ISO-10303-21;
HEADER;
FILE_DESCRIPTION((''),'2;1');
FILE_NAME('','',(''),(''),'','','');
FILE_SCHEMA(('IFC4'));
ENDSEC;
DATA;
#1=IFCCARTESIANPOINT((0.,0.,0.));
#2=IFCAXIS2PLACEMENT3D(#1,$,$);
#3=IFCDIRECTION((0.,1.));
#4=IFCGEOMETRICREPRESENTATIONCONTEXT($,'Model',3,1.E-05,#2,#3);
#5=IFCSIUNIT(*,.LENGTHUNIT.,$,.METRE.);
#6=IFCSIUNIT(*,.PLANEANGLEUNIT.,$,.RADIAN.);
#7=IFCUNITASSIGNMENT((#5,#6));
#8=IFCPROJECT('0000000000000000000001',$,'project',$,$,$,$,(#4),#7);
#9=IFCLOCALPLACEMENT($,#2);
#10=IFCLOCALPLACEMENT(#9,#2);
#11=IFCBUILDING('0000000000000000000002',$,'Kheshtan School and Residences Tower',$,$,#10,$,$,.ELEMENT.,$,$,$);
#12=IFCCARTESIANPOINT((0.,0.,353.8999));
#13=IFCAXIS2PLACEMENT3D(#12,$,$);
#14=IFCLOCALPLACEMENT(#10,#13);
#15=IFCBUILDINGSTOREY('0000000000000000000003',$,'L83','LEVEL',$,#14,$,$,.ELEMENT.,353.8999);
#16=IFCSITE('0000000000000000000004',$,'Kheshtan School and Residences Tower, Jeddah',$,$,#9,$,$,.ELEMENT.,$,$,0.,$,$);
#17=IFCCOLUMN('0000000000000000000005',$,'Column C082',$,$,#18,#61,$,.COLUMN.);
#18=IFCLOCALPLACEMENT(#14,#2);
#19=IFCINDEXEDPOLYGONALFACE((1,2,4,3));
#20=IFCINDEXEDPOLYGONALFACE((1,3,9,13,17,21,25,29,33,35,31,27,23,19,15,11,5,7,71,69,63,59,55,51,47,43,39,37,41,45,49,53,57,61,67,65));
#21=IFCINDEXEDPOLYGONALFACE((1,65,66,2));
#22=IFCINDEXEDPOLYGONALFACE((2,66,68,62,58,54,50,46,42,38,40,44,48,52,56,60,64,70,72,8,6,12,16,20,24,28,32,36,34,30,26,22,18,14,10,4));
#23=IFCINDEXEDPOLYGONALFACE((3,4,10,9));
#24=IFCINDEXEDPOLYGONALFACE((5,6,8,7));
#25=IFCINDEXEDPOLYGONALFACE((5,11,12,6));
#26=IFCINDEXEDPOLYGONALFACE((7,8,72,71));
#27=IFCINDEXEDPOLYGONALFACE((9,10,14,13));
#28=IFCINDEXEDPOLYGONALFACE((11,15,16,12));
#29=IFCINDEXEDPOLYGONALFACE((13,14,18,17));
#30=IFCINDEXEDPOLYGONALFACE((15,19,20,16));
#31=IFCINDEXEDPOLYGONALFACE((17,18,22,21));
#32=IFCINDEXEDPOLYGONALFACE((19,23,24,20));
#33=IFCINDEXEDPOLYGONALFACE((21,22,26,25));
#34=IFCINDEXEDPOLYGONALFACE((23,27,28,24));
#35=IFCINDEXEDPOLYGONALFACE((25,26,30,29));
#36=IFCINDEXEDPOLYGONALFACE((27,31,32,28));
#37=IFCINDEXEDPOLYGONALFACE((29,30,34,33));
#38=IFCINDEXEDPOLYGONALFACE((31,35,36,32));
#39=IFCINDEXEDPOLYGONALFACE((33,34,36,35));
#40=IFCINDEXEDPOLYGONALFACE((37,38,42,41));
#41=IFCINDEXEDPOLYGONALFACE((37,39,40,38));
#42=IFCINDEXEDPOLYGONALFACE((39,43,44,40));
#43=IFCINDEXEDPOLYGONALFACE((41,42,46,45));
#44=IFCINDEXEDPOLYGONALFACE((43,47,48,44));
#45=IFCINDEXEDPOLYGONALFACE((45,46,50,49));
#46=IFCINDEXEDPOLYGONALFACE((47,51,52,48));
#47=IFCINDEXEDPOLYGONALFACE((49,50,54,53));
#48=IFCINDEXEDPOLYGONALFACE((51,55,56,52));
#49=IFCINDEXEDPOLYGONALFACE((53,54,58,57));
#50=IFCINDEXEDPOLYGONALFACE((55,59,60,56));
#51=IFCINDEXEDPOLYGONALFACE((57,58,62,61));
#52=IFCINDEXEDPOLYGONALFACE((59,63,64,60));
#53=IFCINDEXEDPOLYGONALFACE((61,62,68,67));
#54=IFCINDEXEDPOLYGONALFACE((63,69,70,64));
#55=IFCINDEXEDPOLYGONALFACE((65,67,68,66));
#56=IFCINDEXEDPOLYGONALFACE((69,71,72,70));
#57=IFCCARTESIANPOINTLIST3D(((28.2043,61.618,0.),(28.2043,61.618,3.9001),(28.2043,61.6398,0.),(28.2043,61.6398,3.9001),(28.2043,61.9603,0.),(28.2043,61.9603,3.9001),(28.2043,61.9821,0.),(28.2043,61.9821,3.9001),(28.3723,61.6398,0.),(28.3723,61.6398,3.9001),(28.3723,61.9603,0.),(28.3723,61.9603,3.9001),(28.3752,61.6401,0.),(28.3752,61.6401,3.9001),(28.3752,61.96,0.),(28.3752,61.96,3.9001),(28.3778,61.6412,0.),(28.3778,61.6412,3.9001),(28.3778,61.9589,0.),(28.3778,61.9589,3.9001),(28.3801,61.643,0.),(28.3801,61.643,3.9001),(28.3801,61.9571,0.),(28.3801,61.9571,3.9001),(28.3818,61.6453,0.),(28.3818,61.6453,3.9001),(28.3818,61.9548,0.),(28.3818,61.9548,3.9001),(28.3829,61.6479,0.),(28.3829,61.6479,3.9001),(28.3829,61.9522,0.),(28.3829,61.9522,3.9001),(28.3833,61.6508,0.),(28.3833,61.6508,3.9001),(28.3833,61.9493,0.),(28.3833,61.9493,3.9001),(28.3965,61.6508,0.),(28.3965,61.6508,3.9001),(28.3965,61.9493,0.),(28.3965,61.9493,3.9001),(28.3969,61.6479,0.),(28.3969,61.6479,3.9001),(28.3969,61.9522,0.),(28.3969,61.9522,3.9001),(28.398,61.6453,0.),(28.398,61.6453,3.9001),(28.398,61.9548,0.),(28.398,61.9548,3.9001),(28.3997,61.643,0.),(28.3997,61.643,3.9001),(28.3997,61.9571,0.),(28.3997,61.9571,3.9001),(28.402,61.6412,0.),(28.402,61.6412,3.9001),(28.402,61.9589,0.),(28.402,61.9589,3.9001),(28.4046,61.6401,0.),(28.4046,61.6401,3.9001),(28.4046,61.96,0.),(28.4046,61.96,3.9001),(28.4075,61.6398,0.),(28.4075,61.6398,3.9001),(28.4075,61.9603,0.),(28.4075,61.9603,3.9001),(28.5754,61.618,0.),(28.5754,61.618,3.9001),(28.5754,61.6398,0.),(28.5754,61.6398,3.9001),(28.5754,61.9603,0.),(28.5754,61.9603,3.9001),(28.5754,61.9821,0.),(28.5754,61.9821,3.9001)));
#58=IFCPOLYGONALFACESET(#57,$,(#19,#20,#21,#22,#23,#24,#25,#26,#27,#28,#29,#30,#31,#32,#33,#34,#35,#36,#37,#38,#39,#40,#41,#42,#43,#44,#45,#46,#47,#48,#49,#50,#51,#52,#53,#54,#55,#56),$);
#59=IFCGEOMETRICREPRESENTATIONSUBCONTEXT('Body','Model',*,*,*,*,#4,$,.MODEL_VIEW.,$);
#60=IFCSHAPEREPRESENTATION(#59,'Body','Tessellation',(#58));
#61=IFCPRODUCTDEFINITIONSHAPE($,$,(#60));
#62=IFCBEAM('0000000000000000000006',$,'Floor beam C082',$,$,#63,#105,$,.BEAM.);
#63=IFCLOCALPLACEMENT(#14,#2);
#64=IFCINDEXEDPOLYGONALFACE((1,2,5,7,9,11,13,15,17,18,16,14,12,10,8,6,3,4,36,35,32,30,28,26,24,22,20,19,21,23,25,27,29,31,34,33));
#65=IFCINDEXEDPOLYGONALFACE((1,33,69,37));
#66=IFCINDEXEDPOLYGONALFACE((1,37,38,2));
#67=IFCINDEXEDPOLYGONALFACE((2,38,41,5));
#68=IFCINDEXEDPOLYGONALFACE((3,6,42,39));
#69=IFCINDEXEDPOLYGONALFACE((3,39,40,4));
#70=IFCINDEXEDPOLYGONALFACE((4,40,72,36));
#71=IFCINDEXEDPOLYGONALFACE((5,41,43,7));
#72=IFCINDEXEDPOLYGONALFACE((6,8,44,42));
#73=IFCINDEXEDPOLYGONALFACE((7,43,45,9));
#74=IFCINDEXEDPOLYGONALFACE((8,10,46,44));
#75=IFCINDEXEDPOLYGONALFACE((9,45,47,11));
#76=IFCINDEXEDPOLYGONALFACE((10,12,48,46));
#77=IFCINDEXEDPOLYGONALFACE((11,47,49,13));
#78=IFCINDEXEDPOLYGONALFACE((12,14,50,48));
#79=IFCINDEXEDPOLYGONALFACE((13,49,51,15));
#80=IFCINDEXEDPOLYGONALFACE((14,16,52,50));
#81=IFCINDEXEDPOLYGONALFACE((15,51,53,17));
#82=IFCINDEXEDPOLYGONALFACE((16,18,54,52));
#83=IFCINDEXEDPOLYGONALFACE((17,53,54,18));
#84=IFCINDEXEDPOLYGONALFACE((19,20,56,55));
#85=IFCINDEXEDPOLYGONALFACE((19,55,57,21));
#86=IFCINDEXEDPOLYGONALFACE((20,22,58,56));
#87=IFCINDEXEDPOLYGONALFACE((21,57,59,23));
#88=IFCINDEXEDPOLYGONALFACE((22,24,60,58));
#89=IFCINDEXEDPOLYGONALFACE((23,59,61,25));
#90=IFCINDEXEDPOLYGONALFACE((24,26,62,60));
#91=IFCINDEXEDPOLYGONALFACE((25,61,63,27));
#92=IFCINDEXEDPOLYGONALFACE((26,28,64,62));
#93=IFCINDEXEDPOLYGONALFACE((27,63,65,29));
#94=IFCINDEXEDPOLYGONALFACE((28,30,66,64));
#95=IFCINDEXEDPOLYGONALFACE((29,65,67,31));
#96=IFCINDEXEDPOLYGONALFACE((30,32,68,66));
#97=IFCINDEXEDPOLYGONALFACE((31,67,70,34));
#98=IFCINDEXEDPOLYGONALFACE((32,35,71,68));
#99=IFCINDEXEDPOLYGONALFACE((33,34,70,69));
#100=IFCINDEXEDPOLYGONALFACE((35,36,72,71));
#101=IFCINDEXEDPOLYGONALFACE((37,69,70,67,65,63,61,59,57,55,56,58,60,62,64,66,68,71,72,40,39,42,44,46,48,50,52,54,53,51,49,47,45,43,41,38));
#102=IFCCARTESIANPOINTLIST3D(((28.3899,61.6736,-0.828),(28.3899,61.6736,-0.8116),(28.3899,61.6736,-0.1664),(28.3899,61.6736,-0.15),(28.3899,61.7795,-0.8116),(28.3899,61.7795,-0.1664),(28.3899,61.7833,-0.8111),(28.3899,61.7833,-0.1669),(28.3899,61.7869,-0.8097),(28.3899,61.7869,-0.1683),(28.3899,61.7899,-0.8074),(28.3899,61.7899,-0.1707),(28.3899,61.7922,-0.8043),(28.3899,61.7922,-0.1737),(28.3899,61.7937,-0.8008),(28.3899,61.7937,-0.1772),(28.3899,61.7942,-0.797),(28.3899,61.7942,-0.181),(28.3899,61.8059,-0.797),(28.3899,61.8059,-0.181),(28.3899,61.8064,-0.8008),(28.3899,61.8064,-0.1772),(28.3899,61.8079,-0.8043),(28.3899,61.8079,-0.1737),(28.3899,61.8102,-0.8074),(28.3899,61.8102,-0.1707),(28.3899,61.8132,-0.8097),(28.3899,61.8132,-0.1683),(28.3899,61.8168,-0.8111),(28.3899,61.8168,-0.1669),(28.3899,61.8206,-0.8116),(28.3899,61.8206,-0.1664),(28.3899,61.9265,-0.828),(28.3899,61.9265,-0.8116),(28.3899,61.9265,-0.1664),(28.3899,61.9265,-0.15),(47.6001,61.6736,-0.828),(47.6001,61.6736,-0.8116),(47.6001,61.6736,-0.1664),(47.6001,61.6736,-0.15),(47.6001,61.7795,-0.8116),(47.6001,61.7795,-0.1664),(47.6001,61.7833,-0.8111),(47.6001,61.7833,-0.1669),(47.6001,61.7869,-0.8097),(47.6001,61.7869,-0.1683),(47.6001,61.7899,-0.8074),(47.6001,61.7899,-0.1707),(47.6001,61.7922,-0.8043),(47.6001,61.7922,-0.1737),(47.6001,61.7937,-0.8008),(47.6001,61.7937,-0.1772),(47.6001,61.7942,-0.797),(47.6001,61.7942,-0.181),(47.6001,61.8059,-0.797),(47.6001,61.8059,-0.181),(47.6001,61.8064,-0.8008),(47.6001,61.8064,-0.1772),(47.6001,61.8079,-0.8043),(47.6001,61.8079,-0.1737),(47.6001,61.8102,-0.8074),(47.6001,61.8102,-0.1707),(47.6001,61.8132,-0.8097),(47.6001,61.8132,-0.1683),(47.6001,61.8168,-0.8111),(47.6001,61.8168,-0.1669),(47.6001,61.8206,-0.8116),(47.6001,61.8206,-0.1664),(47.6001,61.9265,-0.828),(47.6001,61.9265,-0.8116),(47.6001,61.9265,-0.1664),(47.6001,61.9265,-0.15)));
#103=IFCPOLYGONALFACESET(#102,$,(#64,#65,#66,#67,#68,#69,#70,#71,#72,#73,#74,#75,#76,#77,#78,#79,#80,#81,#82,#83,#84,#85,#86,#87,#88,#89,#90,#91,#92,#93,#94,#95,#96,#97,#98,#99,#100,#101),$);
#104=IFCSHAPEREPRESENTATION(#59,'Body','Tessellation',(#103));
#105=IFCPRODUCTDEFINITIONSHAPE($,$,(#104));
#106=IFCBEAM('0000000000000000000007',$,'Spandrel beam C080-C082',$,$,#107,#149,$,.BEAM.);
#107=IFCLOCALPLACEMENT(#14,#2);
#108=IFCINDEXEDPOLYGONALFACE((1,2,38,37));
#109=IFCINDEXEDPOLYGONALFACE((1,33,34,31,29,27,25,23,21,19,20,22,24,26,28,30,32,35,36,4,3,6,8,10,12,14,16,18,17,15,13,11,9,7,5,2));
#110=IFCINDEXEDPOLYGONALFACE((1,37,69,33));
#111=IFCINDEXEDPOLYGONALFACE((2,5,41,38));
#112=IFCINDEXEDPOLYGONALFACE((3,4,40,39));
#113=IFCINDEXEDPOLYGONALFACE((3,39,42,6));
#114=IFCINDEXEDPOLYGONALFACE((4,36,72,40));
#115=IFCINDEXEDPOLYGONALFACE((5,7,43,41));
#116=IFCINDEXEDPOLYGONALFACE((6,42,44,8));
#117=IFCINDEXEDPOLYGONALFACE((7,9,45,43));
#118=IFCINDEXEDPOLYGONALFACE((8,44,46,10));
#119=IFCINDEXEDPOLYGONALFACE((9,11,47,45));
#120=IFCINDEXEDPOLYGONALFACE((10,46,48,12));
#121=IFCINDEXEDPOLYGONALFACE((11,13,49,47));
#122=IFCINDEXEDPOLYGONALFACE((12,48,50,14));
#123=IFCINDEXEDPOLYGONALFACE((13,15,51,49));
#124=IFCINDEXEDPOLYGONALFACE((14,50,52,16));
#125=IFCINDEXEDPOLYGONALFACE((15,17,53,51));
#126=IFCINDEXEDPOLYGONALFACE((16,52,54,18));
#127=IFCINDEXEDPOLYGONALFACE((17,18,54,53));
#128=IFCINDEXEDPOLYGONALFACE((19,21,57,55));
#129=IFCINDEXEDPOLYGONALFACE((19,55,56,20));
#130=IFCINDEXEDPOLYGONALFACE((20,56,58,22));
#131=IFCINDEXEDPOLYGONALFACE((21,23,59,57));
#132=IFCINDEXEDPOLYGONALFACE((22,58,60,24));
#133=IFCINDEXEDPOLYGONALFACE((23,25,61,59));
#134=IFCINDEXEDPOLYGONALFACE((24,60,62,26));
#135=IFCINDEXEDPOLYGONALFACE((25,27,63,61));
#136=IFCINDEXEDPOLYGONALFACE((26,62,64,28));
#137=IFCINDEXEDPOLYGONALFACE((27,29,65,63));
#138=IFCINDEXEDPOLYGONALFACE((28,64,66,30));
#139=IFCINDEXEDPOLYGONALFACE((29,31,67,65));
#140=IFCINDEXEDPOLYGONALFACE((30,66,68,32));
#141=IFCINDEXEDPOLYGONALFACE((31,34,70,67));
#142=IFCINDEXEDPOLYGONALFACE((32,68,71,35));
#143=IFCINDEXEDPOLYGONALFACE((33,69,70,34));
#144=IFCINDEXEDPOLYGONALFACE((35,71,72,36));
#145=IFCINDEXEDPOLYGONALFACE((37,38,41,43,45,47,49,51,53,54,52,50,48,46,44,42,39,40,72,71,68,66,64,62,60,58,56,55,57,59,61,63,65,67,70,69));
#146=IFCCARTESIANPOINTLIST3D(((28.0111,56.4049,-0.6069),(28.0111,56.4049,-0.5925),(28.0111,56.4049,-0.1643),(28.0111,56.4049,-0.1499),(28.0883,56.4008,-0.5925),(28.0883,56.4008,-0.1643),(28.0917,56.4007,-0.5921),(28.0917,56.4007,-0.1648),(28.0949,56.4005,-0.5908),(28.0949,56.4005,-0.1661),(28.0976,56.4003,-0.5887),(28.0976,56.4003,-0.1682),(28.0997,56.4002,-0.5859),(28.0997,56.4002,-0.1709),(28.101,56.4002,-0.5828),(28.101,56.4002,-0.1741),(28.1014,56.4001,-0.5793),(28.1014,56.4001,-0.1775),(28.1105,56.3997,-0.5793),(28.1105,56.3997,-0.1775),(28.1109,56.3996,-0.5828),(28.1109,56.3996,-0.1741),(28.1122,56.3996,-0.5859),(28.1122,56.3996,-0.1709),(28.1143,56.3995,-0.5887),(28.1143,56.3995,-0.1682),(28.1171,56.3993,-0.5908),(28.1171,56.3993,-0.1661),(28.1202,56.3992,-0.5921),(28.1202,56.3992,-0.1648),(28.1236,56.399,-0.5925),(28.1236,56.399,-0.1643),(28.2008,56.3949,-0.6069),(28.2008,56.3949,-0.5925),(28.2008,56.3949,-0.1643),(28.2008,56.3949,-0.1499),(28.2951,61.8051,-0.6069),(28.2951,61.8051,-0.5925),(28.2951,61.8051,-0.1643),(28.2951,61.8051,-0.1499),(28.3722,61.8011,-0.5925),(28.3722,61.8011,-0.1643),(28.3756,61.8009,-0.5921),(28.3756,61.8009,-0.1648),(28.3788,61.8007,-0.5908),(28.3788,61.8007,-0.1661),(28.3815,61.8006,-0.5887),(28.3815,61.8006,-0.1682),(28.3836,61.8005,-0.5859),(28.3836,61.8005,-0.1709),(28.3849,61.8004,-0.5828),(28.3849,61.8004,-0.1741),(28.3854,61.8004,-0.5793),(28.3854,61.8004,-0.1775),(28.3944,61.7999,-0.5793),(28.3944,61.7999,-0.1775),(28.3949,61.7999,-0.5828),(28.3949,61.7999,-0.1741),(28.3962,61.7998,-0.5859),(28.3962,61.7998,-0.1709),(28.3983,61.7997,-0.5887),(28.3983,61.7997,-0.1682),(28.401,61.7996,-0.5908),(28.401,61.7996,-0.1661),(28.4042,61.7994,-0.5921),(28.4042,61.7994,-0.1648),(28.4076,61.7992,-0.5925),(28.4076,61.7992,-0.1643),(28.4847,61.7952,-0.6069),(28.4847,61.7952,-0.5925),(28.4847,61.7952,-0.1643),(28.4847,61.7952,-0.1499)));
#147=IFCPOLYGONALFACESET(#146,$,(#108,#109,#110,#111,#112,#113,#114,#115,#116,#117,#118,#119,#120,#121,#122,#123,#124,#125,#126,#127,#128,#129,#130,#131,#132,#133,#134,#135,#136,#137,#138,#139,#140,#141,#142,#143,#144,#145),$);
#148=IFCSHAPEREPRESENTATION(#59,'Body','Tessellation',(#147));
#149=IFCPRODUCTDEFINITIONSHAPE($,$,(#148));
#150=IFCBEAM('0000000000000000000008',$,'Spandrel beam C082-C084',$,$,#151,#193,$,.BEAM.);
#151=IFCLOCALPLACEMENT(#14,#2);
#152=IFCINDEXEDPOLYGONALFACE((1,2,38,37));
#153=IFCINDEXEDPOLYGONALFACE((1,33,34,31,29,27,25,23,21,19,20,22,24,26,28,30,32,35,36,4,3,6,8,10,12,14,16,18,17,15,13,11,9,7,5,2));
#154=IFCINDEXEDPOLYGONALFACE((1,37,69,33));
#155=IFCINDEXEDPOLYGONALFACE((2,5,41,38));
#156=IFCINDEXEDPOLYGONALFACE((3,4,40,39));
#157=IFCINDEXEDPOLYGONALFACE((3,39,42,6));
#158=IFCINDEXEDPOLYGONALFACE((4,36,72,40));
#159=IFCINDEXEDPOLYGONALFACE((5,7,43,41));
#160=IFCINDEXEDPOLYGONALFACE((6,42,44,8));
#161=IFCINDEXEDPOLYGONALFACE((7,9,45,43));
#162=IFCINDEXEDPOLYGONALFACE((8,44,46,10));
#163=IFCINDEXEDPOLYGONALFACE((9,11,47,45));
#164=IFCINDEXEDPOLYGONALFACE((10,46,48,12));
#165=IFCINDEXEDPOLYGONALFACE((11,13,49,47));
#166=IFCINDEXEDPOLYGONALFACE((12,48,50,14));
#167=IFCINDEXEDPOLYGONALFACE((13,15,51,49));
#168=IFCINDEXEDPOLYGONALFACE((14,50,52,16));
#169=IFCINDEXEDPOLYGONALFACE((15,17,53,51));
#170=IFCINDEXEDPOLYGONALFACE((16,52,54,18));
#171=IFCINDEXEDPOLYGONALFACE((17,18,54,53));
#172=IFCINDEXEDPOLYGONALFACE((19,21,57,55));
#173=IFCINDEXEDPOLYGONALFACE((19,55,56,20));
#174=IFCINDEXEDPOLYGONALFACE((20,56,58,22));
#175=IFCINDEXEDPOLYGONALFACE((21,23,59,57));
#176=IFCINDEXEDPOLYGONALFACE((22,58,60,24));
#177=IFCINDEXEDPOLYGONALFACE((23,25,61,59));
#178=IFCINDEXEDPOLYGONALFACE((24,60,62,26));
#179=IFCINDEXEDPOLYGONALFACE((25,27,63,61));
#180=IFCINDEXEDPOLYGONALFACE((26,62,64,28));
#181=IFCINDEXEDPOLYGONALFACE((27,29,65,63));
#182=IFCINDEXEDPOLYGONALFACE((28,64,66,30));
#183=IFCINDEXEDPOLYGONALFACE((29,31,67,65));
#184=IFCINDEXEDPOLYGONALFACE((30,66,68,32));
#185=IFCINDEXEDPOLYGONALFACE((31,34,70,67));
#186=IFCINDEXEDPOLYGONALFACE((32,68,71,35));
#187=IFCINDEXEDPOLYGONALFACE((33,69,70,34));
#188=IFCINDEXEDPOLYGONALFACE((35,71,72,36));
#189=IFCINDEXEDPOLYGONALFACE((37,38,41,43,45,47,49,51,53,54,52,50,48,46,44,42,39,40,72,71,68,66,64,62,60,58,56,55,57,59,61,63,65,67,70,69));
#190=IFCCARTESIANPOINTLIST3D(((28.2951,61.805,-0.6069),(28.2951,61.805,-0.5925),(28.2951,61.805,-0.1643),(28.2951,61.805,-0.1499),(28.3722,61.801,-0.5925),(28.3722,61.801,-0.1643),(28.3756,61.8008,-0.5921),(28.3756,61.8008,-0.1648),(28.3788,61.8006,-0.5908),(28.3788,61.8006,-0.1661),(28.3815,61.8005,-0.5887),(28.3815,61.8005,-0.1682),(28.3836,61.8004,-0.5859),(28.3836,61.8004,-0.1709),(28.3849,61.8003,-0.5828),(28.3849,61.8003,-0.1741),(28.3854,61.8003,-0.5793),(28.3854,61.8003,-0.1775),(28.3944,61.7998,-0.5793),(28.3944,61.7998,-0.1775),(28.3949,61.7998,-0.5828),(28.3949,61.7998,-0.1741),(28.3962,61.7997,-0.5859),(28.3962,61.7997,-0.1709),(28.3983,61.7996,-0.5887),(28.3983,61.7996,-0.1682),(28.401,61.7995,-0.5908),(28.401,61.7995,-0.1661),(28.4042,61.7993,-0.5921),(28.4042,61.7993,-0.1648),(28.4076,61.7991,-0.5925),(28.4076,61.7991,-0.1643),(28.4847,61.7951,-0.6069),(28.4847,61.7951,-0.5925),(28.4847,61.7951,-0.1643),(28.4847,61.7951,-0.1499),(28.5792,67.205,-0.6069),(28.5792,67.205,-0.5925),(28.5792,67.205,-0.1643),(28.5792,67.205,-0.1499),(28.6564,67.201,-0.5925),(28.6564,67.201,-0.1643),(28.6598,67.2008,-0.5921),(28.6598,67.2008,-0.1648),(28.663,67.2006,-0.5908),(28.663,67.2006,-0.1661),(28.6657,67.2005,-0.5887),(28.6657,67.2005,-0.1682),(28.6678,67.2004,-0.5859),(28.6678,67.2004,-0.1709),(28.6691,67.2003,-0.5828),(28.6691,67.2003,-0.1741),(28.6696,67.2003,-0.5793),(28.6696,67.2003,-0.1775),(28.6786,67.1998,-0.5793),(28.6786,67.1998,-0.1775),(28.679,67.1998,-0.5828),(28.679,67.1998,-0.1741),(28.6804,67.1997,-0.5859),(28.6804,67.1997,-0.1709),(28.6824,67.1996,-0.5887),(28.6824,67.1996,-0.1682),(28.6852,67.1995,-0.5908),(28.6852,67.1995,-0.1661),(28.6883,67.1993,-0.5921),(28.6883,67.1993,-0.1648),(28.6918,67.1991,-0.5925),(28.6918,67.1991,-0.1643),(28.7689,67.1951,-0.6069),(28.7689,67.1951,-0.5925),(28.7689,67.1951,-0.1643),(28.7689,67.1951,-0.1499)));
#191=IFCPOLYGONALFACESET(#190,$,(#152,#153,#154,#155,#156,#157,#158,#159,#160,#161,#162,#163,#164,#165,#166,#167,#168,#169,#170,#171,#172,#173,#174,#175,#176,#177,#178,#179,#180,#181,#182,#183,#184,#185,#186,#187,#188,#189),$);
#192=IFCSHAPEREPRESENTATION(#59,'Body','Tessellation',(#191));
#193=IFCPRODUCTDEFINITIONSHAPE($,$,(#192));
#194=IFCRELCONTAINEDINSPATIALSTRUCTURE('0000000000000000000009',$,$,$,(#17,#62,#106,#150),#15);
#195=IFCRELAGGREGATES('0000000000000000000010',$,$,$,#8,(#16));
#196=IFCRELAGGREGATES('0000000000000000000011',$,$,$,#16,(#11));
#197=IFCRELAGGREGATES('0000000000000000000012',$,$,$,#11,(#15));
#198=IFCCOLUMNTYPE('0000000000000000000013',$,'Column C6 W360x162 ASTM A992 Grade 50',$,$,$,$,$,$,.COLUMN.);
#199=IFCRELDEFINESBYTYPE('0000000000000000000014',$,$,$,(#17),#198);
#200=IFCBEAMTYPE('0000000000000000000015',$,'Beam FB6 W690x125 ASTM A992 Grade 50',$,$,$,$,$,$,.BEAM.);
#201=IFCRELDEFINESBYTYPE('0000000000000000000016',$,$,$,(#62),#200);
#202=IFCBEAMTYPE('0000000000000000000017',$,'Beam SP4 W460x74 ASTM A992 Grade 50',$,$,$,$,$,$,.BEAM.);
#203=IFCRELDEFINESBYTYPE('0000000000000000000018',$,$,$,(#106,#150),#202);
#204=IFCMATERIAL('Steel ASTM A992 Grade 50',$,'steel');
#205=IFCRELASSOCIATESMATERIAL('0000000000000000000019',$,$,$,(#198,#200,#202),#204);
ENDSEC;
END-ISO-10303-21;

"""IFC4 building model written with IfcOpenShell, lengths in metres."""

from ifc_helpers import new_model, si_unit, direction, frame, origin, origin_2d, place, context, subcontext, project, spatial, i_section, extrude, material, material_profile, profile_set, type_object, element, save


model = new_model("IFC4")

# Units and contexts
model_context = context("Model", 3, precision=1e-05, world=origin(), true_north=direction((0.0, 1.0)))
body_context = subcontext(model_context, "Body", "Model", "MODEL_VIEW")
ifc_project = project(units=[si_unit("LENGTHUNIT", "METRE"), si_unit("PLANEANGLEUNIT", "RADIAN")], contexts=[model_context])

# Site, building, storey
site_placement = place(None, origin())
site = spatial("IfcSite", under=ifc_project, at=site_placement, Name="Kheshtan School and Residences Tower, Jeddah", CompositionType="ELEMENT", RefElevation=0.0)
building_placement = place(site_placement, origin())
building = spatial("IfcBuilding", under=site, at=building_placement, Name="Kheshtan School and Residences Tower", CompositionType="ELEMENT")
storey_placement = place(building_placement, frame((0.0, 0.0, 353.8999)))
storey = spatial("IfcBuildingStorey", under=building, at=storey_placement, Name="L83", Description="LEVEL", CompositionType="ELEMENT", Elevation=353.8999)

# Column
ifc_material_1 = material(Name="Steel ASTM A992 Grade 50", Category="steel")
ifc_material_profile_1 = material_profile(ifc_material_1, i_section(OverallWidth=0.3711, OverallDepth=0.364, WebThickness=0.0132, FlangeThickness=0.0217, FilletRadius=0.011, at=origin_2d()), Name="W360x162")
ifc_profile_set_1 = profile_set([ifc_material_profile_1], Name="Steel ASTM A992 Grade 50")
column_type = type_object("IfcColumnType", Name="Column C6 W360x162 ASTM A992 Grade 50", PredefinedType="COLUMN", material=ifc_profile_set_1)
column_placement = place(storey_placement, frame((28.3899, 61.8, 0.0), z_axis=(0.0, 0.0, 1.0), x_axis=(1.0, 0.0, 0.0)))
element("IfcColumn", 1, at=column_placement, inside=storey, type_object=column_type, Name="Column C082", PredefinedType="COLUMN", context=body_context, shape_type="SweptSolid", body=[
    extrude(i_section(OverallWidth=0.3711, OverallDepth=0.364, WebThickness=0.0132, FlangeThickness=0.0217, FilletRadius=0.011, at=origin_2d()), origin(), (0.0, 0.0, 1.0), 3.9001),
])

# Beams
ifc_material_profile_2 = material_profile(ifc_material_1, i_section(OverallWidth=0.2529, OverallDepth=0.678, WebThickness=0.0117, FlangeThickness=0.0164, FilletRadius=0.0146, at=origin_2d()), Name="W690x125")
ifc_profile_set_2 = profile_set([ifc_material_profile_2], Name="Steel ASTM A992 Grade 50")
beam_type_1 = type_object("IfcBeamType", Name="Beam FB6 W690x125 ASTM A992 Grade 50", PredefinedType="BEAM", material=ifc_profile_set_2)
beam_1_placement = place(storey_placement, frame((28.3899, 61.8, -0.489), z_axis=(1.0, 0.0, 0.0), x_axis=(0.0, 1.0, 0.0)))
element("IfcBeam", 2, at=beam_1_placement, inside=storey, type_object=beam_type_1, Name="Floor beam C082", PredefinedType="BEAM", context=body_context, shape_type="SweptSolid", body=[
    extrude(i_section(OverallWidth=0.2529, OverallDepth=0.678, WebThickness=0.0117, FlangeThickness=0.0164, FilletRadius=0.0146, at=origin_2d()), origin(), (0.0, 0.0, 1.0), 19.2102),
])
ifc_material_profile_3 = material_profile(ifc_material_1, i_section(OverallWidth=0.1899, OverallDepth=0.457, WebThickness=0.009, FlangeThickness=0.0144, FilletRadius=0.0132, at=origin_2d()), Name="W460x74")
ifc_profile_set_3 = profile_set([ifc_material_profile_3], Name="Steel ASTM A992 Grade 50")
beam_type_2 = type_object("IfcBeamType", Name="Beam SP4 W460x74 ASTM A992 Grade 50", PredefinedType="BEAM", material=ifc_profile_set_3)
beam_2_placement = place(storey_placement, frame((28.106, 56.3999, -0.3784), z_axis=(0.052507, 0.998621, 0.0), x_axis=(-0.998621, 0.052507, 0.0)))
element("IfcBeam", 3, at=beam_2_placement, inside=storey, type_object=beam_type_2, Name="Spandrel beam C080-C082", PredefinedType="BEAM", context=body_context, shape_type="SweptSolid", body=[
    extrude(i_section(OverallWidth=0.1899, OverallDepth=0.457, WebThickness=0.009, FlangeThickness=0.0144, FilletRadius=0.0132, at=origin_2d()), origin(), (0.0, 0.0, 1.0), 5.4077),
])
beam_3_placement = place(storey_placement, frame((28.3899, 61.8, -0.3784), z_axis=(0.052554, 0.998618, 0.0), x_axis=(-0.998618, 0.052554, 0.0)))
element("IfcBeam", 4, at=beam_3_placement, inside=storey, type_object=beam_type_2, Name="Spandrel beam C082-C084", PredefinedType="BEAM", context=body_context, shape_type="SweptSolid", body=[
    extrude(i_section(OverallWidth=0.1899, OverallDepth=0.457, WebThickness=0.009, FlangeThickness=0.0144, FilletRadius=0.0132, at=origin_2d()), origin(), (0.0, 0.0, 1.0), 5.4075),
])

save(model, "model.ifc")
